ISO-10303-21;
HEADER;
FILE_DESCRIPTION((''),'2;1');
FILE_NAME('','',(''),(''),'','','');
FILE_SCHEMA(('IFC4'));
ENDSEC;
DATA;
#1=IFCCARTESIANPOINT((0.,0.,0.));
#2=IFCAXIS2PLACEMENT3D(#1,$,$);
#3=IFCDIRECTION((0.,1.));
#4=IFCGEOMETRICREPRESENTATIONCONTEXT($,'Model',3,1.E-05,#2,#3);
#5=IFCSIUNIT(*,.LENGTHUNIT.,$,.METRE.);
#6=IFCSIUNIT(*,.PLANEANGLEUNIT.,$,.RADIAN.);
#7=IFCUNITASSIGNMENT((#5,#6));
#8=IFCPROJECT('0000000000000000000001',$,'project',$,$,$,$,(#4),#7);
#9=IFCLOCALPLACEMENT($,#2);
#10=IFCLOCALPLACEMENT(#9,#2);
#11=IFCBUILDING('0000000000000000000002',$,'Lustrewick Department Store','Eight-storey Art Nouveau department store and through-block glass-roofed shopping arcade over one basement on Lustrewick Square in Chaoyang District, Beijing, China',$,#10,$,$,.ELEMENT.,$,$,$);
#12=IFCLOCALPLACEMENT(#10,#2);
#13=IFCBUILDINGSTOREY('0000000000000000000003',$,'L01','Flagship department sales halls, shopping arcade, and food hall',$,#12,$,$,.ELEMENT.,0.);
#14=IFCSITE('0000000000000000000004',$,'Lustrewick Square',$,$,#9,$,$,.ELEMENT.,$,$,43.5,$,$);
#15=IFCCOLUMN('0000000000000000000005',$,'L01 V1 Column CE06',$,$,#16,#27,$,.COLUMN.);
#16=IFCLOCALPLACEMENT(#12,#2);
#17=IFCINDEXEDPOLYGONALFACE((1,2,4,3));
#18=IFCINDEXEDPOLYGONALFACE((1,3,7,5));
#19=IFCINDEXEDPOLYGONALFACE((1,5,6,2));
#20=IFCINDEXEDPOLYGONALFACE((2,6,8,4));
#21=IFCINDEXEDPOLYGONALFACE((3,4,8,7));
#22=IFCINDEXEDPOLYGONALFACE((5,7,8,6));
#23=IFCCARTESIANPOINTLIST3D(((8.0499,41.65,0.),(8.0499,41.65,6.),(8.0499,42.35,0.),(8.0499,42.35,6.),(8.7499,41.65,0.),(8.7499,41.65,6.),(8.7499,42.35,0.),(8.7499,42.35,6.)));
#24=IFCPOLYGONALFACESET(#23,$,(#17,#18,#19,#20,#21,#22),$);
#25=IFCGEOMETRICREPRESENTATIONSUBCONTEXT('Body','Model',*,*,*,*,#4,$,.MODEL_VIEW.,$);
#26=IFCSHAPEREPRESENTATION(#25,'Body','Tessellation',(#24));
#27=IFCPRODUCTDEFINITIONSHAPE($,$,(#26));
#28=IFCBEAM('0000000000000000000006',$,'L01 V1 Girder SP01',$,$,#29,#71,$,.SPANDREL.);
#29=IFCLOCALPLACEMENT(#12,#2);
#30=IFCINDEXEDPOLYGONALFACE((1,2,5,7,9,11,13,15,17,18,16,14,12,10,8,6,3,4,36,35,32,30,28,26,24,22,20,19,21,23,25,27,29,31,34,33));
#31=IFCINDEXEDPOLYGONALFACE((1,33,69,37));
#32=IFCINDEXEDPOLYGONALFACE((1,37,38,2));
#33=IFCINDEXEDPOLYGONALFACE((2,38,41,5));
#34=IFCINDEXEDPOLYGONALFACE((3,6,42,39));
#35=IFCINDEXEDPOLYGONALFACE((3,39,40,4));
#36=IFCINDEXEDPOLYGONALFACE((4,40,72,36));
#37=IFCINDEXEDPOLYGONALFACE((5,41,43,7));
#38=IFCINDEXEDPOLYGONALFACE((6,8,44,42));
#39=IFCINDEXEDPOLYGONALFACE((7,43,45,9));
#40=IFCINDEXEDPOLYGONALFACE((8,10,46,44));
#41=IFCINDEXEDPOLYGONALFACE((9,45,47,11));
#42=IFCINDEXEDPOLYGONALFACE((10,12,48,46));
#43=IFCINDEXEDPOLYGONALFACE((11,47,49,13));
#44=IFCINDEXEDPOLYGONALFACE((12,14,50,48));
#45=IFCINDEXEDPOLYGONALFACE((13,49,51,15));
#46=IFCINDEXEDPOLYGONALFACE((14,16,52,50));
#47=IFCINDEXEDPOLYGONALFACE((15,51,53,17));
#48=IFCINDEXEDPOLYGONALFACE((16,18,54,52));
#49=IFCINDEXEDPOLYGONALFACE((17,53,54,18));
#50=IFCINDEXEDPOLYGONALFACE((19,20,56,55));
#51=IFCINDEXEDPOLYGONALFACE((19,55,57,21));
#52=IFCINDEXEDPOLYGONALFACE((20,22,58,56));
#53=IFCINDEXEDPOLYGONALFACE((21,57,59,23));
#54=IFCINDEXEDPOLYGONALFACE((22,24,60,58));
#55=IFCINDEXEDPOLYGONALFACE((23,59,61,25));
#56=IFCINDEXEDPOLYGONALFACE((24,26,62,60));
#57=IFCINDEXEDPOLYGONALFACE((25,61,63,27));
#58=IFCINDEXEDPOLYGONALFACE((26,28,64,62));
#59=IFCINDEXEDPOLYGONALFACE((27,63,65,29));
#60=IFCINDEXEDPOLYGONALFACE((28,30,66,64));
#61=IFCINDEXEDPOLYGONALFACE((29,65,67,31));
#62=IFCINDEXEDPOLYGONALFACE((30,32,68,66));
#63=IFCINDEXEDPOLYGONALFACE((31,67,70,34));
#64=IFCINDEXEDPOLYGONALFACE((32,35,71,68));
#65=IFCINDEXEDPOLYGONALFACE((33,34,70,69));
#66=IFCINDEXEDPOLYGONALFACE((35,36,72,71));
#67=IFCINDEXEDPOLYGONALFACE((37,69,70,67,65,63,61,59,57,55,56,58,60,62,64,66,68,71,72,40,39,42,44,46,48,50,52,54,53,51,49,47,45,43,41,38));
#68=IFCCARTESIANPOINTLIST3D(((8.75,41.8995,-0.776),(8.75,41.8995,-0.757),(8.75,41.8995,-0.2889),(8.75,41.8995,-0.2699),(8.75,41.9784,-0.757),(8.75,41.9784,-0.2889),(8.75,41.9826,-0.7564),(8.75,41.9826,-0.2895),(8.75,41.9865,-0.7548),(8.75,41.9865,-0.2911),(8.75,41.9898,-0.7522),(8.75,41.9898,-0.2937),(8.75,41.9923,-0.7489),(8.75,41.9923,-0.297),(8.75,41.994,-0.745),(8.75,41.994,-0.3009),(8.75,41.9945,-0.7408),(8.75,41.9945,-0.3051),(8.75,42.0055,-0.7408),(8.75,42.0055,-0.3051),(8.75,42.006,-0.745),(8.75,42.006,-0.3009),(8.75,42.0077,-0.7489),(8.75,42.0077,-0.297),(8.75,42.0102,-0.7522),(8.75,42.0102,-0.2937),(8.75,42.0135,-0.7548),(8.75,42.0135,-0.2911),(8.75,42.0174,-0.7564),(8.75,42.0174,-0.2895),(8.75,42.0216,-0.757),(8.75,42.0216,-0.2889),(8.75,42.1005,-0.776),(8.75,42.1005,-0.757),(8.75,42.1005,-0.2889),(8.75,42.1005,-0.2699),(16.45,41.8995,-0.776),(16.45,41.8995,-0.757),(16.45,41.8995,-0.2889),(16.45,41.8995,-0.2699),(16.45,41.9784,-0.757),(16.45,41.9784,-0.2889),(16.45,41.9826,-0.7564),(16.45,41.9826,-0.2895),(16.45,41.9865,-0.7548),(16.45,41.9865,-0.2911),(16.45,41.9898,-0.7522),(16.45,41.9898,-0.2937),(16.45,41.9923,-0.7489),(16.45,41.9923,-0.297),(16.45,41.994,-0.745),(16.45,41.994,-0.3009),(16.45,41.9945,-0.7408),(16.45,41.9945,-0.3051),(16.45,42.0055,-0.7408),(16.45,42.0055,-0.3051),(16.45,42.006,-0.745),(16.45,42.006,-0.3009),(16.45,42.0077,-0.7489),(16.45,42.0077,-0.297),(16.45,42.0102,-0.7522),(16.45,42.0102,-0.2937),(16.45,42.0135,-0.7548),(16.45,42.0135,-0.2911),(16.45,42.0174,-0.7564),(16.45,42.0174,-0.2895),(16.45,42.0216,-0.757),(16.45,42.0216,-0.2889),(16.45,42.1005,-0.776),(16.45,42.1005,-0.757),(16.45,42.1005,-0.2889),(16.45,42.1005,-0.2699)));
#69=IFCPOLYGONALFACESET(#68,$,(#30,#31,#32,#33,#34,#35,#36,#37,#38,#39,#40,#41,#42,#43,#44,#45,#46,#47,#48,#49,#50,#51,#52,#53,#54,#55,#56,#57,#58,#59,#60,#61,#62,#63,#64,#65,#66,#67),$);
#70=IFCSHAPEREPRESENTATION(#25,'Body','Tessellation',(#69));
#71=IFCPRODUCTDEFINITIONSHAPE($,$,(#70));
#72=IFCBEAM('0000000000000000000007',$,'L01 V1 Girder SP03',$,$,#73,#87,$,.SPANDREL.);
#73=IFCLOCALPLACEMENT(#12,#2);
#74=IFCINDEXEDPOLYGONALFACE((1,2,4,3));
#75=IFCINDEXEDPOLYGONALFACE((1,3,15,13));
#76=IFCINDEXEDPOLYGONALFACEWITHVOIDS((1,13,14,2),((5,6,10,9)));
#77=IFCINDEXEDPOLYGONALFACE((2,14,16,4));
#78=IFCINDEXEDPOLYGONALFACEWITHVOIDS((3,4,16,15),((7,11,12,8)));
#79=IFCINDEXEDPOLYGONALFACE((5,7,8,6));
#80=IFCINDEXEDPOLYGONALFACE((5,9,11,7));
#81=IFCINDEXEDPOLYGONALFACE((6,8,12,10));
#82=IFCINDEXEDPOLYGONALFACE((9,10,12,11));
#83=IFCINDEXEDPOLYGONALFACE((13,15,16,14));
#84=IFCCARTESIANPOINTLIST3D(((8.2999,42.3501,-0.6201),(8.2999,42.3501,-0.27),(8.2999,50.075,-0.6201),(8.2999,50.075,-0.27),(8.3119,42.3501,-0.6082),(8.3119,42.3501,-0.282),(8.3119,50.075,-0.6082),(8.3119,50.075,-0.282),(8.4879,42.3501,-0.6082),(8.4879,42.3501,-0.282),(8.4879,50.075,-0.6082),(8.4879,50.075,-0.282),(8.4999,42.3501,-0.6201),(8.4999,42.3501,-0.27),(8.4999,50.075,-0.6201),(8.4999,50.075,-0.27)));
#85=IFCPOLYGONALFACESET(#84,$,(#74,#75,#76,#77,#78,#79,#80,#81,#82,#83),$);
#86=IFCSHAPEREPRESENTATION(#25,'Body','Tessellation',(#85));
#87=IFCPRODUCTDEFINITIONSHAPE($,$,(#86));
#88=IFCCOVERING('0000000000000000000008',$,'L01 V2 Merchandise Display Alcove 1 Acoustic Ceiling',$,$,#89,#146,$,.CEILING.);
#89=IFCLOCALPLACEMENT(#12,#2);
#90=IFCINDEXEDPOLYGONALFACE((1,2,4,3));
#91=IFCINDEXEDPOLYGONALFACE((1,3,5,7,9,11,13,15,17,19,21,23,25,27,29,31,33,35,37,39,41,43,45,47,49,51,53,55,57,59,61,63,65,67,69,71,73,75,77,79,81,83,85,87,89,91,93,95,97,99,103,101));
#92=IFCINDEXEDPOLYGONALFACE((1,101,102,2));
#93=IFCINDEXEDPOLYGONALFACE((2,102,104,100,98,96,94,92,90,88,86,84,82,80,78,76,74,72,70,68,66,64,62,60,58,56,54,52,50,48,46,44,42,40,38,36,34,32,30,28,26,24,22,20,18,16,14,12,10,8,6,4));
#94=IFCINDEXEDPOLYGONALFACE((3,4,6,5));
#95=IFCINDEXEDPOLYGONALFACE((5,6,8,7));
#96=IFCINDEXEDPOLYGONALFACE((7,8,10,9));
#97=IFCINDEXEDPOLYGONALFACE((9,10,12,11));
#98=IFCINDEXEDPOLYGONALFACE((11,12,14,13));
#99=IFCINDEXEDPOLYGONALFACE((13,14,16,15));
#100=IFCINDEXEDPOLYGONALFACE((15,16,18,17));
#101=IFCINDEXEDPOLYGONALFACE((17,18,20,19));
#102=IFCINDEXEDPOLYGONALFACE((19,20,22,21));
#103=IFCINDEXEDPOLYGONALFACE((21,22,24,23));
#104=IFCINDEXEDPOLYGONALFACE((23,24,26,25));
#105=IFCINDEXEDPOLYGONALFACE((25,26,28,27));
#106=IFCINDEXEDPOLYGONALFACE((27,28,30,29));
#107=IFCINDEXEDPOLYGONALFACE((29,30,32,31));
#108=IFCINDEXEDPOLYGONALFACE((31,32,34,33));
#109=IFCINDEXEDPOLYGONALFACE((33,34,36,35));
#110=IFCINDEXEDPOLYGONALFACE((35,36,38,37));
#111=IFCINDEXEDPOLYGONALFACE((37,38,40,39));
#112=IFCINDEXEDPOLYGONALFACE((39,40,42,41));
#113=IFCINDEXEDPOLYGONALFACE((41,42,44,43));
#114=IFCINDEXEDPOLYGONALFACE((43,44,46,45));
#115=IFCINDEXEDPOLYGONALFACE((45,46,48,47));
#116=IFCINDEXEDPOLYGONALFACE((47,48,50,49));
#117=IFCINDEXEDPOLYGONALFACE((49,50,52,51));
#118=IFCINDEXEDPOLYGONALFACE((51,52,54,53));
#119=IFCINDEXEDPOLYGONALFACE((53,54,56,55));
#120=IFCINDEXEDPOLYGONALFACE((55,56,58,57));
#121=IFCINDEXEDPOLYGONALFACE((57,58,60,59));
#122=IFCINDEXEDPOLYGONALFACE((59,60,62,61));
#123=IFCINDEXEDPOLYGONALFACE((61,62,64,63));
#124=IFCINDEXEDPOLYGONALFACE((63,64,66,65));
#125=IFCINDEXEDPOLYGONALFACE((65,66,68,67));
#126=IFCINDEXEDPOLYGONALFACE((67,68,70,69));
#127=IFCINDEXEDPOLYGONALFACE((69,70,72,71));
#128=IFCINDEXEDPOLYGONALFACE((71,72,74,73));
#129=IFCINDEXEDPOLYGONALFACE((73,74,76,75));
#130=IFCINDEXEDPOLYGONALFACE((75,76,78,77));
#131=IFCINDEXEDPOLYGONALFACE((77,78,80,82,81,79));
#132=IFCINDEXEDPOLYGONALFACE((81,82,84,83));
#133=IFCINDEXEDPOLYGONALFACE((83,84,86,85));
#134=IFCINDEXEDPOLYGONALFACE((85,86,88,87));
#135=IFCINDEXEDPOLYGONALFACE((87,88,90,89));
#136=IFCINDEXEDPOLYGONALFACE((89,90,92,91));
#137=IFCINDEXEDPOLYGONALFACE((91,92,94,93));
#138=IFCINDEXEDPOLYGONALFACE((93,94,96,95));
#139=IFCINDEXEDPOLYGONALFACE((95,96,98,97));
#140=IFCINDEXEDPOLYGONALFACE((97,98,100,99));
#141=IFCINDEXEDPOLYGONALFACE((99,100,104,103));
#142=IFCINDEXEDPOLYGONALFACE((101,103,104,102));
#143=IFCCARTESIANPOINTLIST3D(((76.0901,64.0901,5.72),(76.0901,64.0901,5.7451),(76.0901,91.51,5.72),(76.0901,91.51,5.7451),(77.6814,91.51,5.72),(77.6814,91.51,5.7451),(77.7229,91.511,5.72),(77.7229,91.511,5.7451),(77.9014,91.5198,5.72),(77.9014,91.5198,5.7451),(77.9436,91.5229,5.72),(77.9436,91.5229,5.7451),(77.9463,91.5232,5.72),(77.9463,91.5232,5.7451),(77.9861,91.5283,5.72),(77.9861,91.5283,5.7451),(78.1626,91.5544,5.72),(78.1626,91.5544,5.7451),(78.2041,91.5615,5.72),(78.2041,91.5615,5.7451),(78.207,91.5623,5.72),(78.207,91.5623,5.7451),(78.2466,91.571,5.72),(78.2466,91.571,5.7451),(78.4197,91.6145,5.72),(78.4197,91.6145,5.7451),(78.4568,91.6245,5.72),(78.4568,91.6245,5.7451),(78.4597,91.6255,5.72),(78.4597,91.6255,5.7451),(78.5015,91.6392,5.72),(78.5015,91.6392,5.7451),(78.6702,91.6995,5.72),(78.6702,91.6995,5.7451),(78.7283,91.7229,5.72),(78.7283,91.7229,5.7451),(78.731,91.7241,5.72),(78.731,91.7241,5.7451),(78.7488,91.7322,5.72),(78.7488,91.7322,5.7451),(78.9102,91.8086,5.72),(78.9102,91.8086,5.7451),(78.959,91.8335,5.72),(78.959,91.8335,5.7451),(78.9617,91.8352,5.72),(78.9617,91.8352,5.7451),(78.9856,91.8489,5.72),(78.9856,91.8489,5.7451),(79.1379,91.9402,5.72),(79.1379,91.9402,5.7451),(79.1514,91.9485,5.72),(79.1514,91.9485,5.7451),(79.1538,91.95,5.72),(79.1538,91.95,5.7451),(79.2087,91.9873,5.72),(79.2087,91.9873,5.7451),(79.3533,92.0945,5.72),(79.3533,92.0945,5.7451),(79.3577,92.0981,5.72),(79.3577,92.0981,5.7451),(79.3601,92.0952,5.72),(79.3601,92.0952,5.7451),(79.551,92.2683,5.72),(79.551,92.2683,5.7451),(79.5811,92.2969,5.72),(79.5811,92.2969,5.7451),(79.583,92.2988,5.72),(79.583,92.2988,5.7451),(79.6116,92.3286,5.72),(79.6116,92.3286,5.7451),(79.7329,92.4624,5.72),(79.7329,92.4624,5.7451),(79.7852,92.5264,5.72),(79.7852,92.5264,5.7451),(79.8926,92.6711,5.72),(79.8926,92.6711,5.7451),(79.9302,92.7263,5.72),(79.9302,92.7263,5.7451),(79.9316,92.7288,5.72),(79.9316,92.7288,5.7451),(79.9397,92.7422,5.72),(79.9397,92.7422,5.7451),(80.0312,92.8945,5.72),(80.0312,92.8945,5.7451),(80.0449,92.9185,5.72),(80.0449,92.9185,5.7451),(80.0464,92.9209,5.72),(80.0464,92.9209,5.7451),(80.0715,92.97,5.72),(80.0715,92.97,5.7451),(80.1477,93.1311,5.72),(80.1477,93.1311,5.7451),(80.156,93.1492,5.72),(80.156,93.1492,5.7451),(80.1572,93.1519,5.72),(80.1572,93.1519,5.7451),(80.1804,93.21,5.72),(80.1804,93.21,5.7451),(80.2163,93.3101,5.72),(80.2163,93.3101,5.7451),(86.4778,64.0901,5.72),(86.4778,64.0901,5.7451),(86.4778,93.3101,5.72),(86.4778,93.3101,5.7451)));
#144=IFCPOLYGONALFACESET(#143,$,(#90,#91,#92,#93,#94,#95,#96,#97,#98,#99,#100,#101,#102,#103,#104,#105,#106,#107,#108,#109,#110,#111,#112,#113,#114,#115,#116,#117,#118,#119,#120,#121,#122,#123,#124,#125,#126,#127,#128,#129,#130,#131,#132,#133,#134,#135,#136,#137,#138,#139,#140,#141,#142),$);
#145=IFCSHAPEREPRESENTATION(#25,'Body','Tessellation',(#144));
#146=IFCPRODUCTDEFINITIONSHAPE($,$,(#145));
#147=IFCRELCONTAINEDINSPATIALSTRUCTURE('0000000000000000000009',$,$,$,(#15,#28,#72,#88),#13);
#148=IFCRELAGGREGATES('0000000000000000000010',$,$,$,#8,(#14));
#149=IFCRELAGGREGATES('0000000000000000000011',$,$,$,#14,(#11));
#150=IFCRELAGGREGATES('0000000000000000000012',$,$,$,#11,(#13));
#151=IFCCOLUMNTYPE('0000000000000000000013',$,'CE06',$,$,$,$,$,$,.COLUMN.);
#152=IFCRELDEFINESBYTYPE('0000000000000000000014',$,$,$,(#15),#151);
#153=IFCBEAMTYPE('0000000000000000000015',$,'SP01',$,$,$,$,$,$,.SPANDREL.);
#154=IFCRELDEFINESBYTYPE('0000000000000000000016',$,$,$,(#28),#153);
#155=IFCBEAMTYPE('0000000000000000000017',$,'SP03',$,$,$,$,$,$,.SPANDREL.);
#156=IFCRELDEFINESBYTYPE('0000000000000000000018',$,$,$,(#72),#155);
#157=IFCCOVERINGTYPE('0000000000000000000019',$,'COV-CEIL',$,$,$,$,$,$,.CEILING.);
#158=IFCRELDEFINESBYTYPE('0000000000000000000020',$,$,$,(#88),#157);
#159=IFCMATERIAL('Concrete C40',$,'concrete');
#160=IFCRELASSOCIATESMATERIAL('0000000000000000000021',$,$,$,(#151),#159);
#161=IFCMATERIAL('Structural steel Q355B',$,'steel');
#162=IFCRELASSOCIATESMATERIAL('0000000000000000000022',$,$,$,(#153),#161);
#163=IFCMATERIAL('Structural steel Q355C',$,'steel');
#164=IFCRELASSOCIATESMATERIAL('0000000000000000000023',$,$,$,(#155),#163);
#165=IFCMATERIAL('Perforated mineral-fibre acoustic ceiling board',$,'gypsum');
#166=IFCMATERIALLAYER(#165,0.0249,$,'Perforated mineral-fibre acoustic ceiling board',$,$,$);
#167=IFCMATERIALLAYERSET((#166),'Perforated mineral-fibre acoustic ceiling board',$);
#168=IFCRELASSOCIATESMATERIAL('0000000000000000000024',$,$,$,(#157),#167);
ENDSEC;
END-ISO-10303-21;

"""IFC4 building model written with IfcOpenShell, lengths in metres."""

from ifc_helpers import new_model, si_unit, direction, frame, origin, origin_2d, place, context, subcontext, project, spatial, polyline, rectangle, hollow_rectangle, i_section, outline, extrude, material, layer, layer_set, material_profile, profile_set, type_object, element, save


model = new_model("IFC4")

# Units and contexts
model_context = context("Model", 3, precision=1e-05, world=origin(), true_north=direction((0.0, 1.0)))
body_context = subcontext(model_context, "Body", "Model", "MODEL_VIEW")
ifc_project = project(units=[si_unit("LENGTHUNIT", "METRE"), si_unit("PLANEANGLEUNIT", "RADIAN")], contexts=[model_context])

# Site, building, storey
site_placement = place(None, origin())
site = spatial("IfcSite", under=ifc_project, at=site_placement, Name="Lustrewick Square", CompositionType="ELEMENT", RefElevation=43.5)
building_placement = place(site_placement, origin())
building = spatial("IfcBuilding", under=site, at=building_placement, Name="Lustrewick Department Store", Description="Eight-storey Art Nouveau department store and through-block glass-roofed shopping arcade over one basement on Lustrewick Square in Chaoyang District, Beijing, China", CompositionType="ELEMENT")
storey_placement = place(building_placement, origin())
storey = spatial("IfcBuildingStorey", under=building, at=storey_placement, Name="L01", Description="Flagship department sales halls, shopping arcade, and food hall", CompositionType="ELEMENT", Elevation=0.0)

# Column
ifc_material_1 = material(Name="Concrete C40", Category="concrete")
ifc_material_profile_1 = material_profile(ifc_material_1, rectangle(XDim=0.7, YDim=0.7, at=origin_2d()), Name="RC 700x700")
ifc_profile_set_1 = profile_set([ifc_material_profile_1], Name="Concrete C40")
column_type = type_object("IfcColumnType", Name="CE06", PredefinedType="COLUMN", material=ifc_profile_set_1)
column_placement = place(storey_placement, frame((8.3999, 42.0, 0.0), z_axis=(0.0, 0.0, 1.0), x_axis=(1.0, 0.0, 0.0)))
element("IfcColumn", 1, at=column_placement, inside=storey, type_object=column_type, Name="L01 V1 Column CE06", PredefinedType="COLUMN", context=body_context, shape_type="SweptSolid", body=[
    extrude(rectangle(XDim=0.7, YDim=0.7, at=origin_2d()), origin(), (0.0, 0.0, 1.0), 6.0),
])

# Beams
ifc_material_2 = material(Name="Structural steel Q355B", Category="steel")
ifc_material_profile_2 = material_profile(ifc_material_2, i_section(OverallWidth=0.2009, OverallDepth=0.5061, WebThickness=0.011, FlangeThickness=0.019, FilletRadius=0.0161, at=origin_2d()), Name="HN 506x201x11x19")
ifc_profile_set_2 = profile_set([ifc_material_profile_2], Name="Structural steel Q355B")
beam_type_1 = type_object("IfcBeamType", Name="SP01", PredefinedType="SPANDREL", material=ifc_profile_set_2)
beam_1_placement = place(storey_placement, frame((8.75, 42.0, -0.5229), z_axis=(1.0, 0.0, 0.0), x_axis=(0.0, 1.0, 0.0)))
element("IfcBeam", 2, at=beam_1_placement, inside=storey, type_object=beam_type_1, Name="L01 V1 Girder SP01", PredefinedType="SPANDREL", context=body_context, shape_type="SweptSolid", body=[
    extrude(i_section(OverallWidth=0.2009, OverallDepth=0.5061, WebThickness=0.011, FlangeThickness=0.019, FilletRadius=0.0161, at=origin_2d()), origin(), (0.0, 0.0, 1.0), 7.7),
])
ifc_material_3 = material(Name="Structural steel Q355C", Category="steel")
ifc_material_profile_3 = material_profile(ifc_material_3, hollow_rectangle(XDim=0.2, YDim=0.3501, WallThickness=0.012, at=origin_2d()), Name="RHS 350x200x12")
ifc_profile_set_3 = profile_set([ifc_material_profile_3], Name="Structural steel Q355C")
beam_type_2 = type_object("IfcBeamType", Name="SP03", PredefinedType="SPANDREL", material=ifc_profile_set_3)
beam_2_placement = place(storey_placement, frame((8.3999, 42.3501, -0.4451), z_axis=(0.0, 1.0, 0.0), x_axis=(-1.0, 0.0, 0.0)))
element("IfcBeam", 3, at=beam_2_placement, inside=storey, type_object=beam_type_2, Name="L01 V1 Girder SP03", PredefinedType="SPANDREL", context=body_context, shape_type="SweptSolid", body=[
    extrude(hollow_rectangle(XDim=0.2, YDim=0.3501, WallThickness=0.012, at=origin_2d()), origin(), (0.0, 0.0, 1.0), 7.7249),
])

# Covering
ifc_material_4 = material(Name="Perforated mineral-fibre acoustic ceiling board", Category="gypsum")
ifc_layer_1 = layer(ifc_material_4, 0.0249, Name="Perforated mineral-fibre acoustic ceiling board")
ifc_layer_set_1 = layer_set([ifc_layer_1], Name="Perforated mineral-fibre acoustic ceiling board")
covering_type_1 = type_object("IfcCoveringType", Name="COV-CEIL", PredefinedType="CEILING", material=ifc_layer_set_1)
covering_1_placement = place(storey_placement, frame((0.0, 0.0, 5.72)))
element("IfcCovering", 4, at=covering_1_placement, inside=storey, type_object=covering_type_1, Name="L01 V2 Merchandise Display Alcove 1 Acoustic Ceiling", PredefinedType="CEILING", context=body_context, shape_type="SweptSolid", body=[
    extrude(outline(polyline([(76.0901, 91.51), (76.0901, 64.0901), (86.4778, 64.0901), (86.4778, 93.3101), (80.2163, 93.3101), (80.1804, 93.21), (80.1572, 93.1519), (80.156, 93.1492), (80.1477, 93.1311), (80.0715, 92.97), (80.0464, 92.9209), (80.0449, 92.9185), (80.0312, 92.8945), (79.9397, 92.7422), (79.9316, 92.7288), (79.9302, 92.7263), (79.8926, 92.6711), (79.7852, 92.5264), (79.7329, 92.4624), (79.6116, 92.3286), (79.583, 92.2988), (79.5811, 92.2969), (79.551, 92.2683), (79.3601, 92.0952), (79.3577, 92.0981), (79.3533, 92.0945), (79.2087, 91.9873), (79.1538, 91.95), (79.1514, 91.9485), (79.1379, 91.9402), (78.9856, 91.8489), (78.9617, 91.8352), (78.959, 91.8335), (78.9102, 91.8086), (78.7488, 91.7322), (78.731, 91.7241), (78.7283, 91.7229), (78.6702, 91.6995), (78.5015, 91.6392), (78.4597, 91.6255), (78.4568, 91.6245), (78.4197, 91.6145), (78.2466, 91.571), (78.207, 91.5623), (78.2041, 91.5615), (78.1626, 91.5544), (77.9861, 91.5283), (77.9463, 91.5232), (77.9436, 91.5229), (77.9014, 91.5198), (77.7229, 91.511), (77.6814, 91.51), (76.0901, 91.51)])), origin(), (0.0, 0.0, 1.0), 0.0251),
])

save(model, "model.ifc")
